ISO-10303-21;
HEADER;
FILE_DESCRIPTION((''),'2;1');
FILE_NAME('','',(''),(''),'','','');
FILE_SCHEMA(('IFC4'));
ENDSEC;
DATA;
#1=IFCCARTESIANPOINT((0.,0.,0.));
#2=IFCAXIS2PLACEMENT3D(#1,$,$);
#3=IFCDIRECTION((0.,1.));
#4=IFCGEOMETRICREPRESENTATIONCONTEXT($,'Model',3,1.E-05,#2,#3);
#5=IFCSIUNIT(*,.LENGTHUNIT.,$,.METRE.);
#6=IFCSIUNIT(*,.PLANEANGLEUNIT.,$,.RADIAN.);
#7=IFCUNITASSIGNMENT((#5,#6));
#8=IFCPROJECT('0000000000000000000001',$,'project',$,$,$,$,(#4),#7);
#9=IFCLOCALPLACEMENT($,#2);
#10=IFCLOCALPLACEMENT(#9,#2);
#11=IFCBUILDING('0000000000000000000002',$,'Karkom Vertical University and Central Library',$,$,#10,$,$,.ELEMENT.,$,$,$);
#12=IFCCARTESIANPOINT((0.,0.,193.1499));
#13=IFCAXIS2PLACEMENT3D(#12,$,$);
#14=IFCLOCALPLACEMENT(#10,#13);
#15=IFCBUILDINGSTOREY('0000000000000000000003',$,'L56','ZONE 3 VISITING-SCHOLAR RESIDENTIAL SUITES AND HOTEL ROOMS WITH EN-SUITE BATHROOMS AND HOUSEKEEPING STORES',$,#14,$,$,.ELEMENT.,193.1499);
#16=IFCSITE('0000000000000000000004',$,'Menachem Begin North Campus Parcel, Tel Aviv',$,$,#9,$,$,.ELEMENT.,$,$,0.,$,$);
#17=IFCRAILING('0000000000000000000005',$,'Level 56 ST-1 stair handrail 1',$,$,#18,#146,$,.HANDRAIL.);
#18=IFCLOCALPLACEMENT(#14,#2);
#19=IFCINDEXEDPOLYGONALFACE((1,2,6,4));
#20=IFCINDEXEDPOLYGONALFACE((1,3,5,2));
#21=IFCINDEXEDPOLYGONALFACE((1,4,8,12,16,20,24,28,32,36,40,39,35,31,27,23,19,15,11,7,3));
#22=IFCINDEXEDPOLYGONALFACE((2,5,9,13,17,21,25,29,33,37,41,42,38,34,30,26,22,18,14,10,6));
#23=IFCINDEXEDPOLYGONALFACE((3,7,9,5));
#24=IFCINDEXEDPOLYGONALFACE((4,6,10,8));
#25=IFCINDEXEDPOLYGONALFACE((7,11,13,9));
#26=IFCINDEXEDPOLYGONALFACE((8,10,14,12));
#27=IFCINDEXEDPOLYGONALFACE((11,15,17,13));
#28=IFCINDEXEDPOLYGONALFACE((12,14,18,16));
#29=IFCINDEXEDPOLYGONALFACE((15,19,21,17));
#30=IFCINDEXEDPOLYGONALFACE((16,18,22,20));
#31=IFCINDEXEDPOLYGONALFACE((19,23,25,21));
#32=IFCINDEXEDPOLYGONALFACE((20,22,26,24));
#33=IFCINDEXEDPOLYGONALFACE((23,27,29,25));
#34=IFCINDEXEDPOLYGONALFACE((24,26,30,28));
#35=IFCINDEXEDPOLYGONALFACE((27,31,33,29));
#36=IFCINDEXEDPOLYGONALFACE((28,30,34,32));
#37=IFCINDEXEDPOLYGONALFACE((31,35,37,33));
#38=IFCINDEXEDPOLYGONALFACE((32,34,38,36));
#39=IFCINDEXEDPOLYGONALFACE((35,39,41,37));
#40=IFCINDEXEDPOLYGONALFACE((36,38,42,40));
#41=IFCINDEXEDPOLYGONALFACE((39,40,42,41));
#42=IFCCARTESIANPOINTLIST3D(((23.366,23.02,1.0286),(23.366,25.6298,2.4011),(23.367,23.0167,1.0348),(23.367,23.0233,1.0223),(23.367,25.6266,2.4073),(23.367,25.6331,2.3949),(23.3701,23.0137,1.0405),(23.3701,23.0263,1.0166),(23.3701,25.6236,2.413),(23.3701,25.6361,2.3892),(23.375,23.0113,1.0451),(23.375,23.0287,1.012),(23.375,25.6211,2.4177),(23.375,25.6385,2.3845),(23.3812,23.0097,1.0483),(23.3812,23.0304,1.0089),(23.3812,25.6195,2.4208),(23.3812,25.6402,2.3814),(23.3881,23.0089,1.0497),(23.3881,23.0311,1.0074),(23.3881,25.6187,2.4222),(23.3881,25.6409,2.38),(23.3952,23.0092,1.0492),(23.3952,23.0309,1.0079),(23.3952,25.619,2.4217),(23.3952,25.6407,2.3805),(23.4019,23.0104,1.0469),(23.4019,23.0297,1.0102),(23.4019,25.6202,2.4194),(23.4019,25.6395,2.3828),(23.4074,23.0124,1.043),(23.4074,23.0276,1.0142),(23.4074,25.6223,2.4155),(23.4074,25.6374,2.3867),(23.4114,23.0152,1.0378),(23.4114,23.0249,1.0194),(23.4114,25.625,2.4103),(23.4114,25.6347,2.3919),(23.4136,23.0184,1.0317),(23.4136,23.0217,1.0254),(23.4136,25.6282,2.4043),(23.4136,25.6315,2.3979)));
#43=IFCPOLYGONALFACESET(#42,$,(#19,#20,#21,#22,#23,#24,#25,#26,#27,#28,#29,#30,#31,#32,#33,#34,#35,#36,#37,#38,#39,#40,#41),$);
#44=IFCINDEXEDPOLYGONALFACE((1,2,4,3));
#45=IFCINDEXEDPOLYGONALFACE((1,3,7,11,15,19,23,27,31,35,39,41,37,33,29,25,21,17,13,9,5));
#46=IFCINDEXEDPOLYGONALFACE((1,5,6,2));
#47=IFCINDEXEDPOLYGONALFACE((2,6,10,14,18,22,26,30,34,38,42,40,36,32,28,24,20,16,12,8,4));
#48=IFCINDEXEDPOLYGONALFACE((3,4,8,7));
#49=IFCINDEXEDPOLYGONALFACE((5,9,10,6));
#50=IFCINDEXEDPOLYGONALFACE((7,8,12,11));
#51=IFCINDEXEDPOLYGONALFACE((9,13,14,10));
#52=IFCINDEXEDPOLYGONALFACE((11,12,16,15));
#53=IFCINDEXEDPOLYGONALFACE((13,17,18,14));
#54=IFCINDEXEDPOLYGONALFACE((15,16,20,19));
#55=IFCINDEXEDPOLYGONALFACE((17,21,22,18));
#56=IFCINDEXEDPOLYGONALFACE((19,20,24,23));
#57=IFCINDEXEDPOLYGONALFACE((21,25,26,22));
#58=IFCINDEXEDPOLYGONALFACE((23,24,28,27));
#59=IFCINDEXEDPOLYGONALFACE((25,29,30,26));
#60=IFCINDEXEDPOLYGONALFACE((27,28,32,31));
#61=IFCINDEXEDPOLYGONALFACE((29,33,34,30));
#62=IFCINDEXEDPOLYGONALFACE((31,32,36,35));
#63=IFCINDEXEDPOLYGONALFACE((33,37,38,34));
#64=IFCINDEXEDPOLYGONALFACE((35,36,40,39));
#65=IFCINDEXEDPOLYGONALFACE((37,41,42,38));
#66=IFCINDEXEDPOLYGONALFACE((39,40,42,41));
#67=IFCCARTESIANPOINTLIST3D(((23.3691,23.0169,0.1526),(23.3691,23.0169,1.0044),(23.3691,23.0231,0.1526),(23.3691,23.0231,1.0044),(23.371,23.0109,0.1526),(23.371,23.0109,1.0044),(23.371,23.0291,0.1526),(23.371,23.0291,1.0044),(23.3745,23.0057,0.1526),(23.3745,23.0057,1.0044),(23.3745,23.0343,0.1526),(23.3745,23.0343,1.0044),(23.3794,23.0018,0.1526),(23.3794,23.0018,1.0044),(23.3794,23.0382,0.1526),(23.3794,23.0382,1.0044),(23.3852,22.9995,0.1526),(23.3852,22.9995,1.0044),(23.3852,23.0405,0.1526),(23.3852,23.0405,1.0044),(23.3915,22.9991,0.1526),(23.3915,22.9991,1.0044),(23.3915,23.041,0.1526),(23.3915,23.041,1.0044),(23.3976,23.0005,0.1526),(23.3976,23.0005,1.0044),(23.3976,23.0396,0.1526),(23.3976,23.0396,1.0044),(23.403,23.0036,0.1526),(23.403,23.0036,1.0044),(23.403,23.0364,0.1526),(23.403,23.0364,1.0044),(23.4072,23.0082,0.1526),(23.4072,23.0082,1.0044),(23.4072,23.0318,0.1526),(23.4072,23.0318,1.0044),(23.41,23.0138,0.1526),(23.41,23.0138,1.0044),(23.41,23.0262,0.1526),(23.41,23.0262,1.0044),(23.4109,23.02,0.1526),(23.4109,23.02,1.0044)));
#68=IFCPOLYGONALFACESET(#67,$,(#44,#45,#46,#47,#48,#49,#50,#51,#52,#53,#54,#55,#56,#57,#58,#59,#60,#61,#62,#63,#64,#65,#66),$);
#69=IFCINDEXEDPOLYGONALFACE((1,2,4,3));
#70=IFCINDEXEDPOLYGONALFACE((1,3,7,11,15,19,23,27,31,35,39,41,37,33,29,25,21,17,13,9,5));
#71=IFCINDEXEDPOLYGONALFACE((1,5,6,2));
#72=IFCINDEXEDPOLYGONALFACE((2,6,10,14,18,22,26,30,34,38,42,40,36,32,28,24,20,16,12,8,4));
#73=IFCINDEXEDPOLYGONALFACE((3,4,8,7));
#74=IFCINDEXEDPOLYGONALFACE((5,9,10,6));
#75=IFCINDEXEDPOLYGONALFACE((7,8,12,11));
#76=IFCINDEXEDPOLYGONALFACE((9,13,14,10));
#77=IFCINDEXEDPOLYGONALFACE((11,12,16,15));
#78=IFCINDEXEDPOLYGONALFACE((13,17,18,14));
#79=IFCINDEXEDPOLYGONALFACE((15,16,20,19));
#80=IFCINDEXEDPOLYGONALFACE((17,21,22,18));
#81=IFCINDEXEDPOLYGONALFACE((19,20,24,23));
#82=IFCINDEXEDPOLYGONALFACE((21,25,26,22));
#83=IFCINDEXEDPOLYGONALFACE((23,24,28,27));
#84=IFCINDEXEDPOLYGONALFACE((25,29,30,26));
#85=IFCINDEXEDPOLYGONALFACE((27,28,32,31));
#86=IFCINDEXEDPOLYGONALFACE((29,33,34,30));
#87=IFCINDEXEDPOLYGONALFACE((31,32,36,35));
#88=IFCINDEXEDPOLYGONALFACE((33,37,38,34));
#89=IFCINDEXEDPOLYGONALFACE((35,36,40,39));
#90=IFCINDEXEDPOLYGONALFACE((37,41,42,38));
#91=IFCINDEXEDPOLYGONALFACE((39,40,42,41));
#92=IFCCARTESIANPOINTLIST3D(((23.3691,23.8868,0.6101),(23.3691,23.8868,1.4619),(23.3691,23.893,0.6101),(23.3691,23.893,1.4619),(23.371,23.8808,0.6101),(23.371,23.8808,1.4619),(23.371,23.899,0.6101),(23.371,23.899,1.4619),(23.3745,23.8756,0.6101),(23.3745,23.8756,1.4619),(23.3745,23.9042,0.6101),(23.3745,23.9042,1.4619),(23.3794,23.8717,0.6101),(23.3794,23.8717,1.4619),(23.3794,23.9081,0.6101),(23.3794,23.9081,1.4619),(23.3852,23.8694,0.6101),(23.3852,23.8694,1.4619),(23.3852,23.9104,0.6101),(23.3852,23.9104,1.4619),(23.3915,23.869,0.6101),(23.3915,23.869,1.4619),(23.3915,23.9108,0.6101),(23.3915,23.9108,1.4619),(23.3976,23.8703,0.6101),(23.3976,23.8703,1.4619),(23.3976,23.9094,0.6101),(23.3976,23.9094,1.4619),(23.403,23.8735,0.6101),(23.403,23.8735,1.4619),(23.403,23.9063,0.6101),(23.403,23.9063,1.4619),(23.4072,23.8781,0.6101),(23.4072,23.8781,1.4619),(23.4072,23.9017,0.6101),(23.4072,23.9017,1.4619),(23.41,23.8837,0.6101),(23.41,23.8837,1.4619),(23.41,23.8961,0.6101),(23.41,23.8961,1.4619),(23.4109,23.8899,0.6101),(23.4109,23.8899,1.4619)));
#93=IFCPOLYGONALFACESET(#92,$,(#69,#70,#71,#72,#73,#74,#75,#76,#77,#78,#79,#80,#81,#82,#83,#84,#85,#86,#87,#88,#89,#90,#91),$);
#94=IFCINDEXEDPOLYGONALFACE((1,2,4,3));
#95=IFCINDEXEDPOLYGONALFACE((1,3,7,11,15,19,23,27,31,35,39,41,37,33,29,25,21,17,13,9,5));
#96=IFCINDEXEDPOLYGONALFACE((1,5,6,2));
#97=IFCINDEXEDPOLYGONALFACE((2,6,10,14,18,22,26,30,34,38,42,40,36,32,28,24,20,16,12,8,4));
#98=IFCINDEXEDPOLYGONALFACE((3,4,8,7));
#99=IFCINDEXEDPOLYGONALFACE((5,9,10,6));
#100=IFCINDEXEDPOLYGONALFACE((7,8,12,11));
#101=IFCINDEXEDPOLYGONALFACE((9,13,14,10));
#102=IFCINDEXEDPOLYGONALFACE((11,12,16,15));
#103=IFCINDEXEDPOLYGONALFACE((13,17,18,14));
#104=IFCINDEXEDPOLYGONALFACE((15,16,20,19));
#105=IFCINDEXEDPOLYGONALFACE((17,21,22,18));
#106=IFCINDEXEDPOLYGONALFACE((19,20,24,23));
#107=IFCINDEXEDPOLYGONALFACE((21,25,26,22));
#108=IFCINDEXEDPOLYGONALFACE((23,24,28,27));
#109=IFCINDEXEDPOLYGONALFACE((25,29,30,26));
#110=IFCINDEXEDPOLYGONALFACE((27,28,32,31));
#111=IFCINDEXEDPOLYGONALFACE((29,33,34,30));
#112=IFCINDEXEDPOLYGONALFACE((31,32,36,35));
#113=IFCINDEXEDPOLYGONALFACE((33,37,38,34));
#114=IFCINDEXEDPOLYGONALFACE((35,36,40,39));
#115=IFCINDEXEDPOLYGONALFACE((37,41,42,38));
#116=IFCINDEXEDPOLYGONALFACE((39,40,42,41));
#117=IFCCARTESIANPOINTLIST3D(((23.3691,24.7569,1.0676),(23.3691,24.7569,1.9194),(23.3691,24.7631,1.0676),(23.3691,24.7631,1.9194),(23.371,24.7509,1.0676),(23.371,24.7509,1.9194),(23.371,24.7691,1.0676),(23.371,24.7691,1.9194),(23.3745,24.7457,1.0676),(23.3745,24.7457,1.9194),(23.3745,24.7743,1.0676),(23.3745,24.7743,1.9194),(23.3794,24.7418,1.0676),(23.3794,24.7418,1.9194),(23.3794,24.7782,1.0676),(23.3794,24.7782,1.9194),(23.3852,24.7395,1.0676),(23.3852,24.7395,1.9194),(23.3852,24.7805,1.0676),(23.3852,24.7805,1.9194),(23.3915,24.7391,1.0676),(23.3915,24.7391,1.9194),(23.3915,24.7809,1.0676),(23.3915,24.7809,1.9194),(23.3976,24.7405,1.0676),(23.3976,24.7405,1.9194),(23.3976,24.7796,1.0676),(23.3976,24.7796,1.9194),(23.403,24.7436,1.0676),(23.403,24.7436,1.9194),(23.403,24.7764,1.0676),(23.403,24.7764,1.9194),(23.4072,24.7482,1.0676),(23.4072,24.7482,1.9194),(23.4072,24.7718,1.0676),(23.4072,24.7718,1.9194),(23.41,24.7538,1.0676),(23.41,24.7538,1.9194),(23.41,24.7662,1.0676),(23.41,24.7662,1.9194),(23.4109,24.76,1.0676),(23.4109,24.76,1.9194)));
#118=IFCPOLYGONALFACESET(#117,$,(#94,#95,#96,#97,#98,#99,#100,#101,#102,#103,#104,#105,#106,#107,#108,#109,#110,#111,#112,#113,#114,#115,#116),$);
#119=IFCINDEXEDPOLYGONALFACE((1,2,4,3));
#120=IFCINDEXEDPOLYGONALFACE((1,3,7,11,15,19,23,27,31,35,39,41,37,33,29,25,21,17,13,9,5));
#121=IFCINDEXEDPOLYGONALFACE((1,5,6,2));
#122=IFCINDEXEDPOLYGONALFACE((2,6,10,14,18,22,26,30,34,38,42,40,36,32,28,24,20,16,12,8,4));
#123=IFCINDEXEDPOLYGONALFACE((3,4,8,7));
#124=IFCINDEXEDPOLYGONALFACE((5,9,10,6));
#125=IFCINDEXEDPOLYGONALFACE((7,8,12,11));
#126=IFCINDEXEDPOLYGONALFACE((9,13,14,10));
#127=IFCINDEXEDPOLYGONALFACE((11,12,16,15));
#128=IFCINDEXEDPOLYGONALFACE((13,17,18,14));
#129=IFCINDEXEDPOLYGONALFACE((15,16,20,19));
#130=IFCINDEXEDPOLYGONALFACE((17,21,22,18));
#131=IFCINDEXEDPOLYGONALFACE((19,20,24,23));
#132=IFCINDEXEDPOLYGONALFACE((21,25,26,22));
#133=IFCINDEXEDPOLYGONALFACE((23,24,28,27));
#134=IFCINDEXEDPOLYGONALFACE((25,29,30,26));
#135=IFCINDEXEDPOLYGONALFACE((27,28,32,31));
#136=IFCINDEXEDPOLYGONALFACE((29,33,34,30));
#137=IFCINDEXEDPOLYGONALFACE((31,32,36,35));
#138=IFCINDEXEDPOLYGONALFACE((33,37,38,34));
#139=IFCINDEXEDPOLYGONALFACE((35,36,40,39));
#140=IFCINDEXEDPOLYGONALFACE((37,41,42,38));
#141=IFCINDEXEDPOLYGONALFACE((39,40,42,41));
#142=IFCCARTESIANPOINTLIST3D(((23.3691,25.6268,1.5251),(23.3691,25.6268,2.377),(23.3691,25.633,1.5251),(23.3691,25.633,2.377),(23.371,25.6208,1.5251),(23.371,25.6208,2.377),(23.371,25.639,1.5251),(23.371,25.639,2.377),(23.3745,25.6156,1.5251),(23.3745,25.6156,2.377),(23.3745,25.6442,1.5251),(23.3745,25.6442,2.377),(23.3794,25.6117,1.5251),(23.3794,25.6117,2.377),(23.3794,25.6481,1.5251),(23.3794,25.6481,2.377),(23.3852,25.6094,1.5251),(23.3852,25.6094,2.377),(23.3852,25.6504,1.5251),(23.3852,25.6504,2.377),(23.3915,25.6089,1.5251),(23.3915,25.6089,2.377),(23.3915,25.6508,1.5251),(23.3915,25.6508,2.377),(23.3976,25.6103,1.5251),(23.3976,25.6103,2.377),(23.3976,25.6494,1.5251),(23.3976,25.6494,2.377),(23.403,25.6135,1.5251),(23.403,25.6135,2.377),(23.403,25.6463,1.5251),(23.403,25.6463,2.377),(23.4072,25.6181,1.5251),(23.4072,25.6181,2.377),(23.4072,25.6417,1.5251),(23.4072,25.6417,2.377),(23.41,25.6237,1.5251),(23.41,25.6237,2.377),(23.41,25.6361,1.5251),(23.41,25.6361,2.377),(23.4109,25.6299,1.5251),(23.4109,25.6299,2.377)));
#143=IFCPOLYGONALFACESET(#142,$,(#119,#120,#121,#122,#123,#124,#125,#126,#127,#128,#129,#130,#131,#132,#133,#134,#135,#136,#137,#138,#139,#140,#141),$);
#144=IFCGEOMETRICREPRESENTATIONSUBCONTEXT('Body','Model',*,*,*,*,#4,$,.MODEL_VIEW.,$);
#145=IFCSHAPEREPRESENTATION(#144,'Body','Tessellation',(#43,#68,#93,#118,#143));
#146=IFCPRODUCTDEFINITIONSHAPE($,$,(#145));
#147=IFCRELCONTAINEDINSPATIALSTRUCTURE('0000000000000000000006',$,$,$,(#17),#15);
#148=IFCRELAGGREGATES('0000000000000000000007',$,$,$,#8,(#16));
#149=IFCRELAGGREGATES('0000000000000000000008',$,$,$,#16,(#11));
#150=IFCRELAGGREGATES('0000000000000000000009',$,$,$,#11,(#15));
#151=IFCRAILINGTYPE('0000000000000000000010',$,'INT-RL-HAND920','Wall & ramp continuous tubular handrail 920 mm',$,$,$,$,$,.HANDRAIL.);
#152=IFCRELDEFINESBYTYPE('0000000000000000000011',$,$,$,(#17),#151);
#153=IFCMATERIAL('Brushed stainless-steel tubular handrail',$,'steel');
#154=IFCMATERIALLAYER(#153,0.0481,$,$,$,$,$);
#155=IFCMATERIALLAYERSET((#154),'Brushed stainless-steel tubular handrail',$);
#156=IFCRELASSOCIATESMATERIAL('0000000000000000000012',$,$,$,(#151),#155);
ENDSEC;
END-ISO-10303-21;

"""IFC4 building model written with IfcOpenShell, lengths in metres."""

from ifc_helpers import new_model, si_unit, direction, frame, origin, origin_2d, place, context, subcontext, project, spatial, circle, extrude, material, layer, layer_set, type_object, element, save


model = new_model("IFC4")

# Units and contexts
model_context = context("Model", 3, precision=1e-05, world=origin(), true_north=direction((0.0, 1.0)))
body_context = subcontext(model_context, "Body", "Model", "MODEL_VIEW")
ifc_project = project(units=[si_unit("LENGTHUNIT", "METRE"), si_unit("PLANEANGLEUNIT", "RADIAN")], contexts=[model_context])

# Site, building, storey
site_placement = place(None, origin())
site = spatial("IfcSite", under=ifc_project, at=site_placement, Name="Menachem Begin North Campus Parcel, Tel Aviv", CompositionType="ELEMENT", RefElevation=0.0)
building_placement = place(site_placement, origin())
building = spatial("IfcBuilding", under=site, at=building_placement, Name="Karkom Vertical University and Central Library", CompositionType="ELEMENT")
storey_placement = place(building_placement, frame((0.0, 0.0, 193.1499)))
storey = spatial("IfcBuildingStorey", under=building, at=storey_placement, Name="L56", Description="ZONE 3 VISITING-SCHOLAR RESIDENTIAL SUITES AND HOTEL ROOMS WITH EN-SUITE BATHROOMS AND HOUSEKEEPING STORES", CompositionType="ELEMENT", Elevation=193.1499)

# Railing
ifc_material_1 = material(Name="Brushed stainless-steel tubular handrail", Category="steel")
ifc_layer_1 = layer(ifc_material_1, 0.0481)
ifc_layer_set_1 = layer_set([ifc_layer_1], Name="Brushed stainless-steel tubular handrail")
railing_type_1 = type_object("IfcRailingType", Name="INT-RL-HAND920", Description="Wall & ramp continuous tubular handrail 920 mm", PredefinedType="HANDRAIL", material=ifc_layer_set_1)
railing_1_placement = place(storey_placement, frame((23.3899, 23.02, 0.1526)))
element("IfcRailing", 1, at=railing_1_placement, inside=storey, type_object=railing_type_1, Name="Level 56 ST-1 stair handrail 1", PredefinedType="HANDRAIL", context=body_context, shape_type="SweptSolid", body=[
    extrude(circle(Radius=0.0239, at=origin_2d()), frame((0.0, 0.0, 0.876), z_axis=(0.0, 0.885065, 0.465467), x_axis=(-1.0, 0.0, 0.0)), (0.0, 0.0, 1.0), 2.9487),
    extrude(circle(Radius=0.021, at=origin_2d()), origin(), (0.0, 0.0, 1.0), 0.8518),
    extrude(circle(Radius=0.021, at=origin_2d()), frame((0.0, 0.8699, 0.4575)), (0.0, 0.0, 1.0), 0.8518),
    extrude(circle(Radius=0.021, at=origin_2d()), frame((0.0, 1.74, 0.915)), (0.0, 0.0, 1.0), 0.8518),
    extrude(circle(Radius=0.021, at=origin_2d()), frame((0.0, 2.6099, 1.3726)), (0.0, 0.0, 1.0), 0.8518),
])

save(model, "model.ifc")
